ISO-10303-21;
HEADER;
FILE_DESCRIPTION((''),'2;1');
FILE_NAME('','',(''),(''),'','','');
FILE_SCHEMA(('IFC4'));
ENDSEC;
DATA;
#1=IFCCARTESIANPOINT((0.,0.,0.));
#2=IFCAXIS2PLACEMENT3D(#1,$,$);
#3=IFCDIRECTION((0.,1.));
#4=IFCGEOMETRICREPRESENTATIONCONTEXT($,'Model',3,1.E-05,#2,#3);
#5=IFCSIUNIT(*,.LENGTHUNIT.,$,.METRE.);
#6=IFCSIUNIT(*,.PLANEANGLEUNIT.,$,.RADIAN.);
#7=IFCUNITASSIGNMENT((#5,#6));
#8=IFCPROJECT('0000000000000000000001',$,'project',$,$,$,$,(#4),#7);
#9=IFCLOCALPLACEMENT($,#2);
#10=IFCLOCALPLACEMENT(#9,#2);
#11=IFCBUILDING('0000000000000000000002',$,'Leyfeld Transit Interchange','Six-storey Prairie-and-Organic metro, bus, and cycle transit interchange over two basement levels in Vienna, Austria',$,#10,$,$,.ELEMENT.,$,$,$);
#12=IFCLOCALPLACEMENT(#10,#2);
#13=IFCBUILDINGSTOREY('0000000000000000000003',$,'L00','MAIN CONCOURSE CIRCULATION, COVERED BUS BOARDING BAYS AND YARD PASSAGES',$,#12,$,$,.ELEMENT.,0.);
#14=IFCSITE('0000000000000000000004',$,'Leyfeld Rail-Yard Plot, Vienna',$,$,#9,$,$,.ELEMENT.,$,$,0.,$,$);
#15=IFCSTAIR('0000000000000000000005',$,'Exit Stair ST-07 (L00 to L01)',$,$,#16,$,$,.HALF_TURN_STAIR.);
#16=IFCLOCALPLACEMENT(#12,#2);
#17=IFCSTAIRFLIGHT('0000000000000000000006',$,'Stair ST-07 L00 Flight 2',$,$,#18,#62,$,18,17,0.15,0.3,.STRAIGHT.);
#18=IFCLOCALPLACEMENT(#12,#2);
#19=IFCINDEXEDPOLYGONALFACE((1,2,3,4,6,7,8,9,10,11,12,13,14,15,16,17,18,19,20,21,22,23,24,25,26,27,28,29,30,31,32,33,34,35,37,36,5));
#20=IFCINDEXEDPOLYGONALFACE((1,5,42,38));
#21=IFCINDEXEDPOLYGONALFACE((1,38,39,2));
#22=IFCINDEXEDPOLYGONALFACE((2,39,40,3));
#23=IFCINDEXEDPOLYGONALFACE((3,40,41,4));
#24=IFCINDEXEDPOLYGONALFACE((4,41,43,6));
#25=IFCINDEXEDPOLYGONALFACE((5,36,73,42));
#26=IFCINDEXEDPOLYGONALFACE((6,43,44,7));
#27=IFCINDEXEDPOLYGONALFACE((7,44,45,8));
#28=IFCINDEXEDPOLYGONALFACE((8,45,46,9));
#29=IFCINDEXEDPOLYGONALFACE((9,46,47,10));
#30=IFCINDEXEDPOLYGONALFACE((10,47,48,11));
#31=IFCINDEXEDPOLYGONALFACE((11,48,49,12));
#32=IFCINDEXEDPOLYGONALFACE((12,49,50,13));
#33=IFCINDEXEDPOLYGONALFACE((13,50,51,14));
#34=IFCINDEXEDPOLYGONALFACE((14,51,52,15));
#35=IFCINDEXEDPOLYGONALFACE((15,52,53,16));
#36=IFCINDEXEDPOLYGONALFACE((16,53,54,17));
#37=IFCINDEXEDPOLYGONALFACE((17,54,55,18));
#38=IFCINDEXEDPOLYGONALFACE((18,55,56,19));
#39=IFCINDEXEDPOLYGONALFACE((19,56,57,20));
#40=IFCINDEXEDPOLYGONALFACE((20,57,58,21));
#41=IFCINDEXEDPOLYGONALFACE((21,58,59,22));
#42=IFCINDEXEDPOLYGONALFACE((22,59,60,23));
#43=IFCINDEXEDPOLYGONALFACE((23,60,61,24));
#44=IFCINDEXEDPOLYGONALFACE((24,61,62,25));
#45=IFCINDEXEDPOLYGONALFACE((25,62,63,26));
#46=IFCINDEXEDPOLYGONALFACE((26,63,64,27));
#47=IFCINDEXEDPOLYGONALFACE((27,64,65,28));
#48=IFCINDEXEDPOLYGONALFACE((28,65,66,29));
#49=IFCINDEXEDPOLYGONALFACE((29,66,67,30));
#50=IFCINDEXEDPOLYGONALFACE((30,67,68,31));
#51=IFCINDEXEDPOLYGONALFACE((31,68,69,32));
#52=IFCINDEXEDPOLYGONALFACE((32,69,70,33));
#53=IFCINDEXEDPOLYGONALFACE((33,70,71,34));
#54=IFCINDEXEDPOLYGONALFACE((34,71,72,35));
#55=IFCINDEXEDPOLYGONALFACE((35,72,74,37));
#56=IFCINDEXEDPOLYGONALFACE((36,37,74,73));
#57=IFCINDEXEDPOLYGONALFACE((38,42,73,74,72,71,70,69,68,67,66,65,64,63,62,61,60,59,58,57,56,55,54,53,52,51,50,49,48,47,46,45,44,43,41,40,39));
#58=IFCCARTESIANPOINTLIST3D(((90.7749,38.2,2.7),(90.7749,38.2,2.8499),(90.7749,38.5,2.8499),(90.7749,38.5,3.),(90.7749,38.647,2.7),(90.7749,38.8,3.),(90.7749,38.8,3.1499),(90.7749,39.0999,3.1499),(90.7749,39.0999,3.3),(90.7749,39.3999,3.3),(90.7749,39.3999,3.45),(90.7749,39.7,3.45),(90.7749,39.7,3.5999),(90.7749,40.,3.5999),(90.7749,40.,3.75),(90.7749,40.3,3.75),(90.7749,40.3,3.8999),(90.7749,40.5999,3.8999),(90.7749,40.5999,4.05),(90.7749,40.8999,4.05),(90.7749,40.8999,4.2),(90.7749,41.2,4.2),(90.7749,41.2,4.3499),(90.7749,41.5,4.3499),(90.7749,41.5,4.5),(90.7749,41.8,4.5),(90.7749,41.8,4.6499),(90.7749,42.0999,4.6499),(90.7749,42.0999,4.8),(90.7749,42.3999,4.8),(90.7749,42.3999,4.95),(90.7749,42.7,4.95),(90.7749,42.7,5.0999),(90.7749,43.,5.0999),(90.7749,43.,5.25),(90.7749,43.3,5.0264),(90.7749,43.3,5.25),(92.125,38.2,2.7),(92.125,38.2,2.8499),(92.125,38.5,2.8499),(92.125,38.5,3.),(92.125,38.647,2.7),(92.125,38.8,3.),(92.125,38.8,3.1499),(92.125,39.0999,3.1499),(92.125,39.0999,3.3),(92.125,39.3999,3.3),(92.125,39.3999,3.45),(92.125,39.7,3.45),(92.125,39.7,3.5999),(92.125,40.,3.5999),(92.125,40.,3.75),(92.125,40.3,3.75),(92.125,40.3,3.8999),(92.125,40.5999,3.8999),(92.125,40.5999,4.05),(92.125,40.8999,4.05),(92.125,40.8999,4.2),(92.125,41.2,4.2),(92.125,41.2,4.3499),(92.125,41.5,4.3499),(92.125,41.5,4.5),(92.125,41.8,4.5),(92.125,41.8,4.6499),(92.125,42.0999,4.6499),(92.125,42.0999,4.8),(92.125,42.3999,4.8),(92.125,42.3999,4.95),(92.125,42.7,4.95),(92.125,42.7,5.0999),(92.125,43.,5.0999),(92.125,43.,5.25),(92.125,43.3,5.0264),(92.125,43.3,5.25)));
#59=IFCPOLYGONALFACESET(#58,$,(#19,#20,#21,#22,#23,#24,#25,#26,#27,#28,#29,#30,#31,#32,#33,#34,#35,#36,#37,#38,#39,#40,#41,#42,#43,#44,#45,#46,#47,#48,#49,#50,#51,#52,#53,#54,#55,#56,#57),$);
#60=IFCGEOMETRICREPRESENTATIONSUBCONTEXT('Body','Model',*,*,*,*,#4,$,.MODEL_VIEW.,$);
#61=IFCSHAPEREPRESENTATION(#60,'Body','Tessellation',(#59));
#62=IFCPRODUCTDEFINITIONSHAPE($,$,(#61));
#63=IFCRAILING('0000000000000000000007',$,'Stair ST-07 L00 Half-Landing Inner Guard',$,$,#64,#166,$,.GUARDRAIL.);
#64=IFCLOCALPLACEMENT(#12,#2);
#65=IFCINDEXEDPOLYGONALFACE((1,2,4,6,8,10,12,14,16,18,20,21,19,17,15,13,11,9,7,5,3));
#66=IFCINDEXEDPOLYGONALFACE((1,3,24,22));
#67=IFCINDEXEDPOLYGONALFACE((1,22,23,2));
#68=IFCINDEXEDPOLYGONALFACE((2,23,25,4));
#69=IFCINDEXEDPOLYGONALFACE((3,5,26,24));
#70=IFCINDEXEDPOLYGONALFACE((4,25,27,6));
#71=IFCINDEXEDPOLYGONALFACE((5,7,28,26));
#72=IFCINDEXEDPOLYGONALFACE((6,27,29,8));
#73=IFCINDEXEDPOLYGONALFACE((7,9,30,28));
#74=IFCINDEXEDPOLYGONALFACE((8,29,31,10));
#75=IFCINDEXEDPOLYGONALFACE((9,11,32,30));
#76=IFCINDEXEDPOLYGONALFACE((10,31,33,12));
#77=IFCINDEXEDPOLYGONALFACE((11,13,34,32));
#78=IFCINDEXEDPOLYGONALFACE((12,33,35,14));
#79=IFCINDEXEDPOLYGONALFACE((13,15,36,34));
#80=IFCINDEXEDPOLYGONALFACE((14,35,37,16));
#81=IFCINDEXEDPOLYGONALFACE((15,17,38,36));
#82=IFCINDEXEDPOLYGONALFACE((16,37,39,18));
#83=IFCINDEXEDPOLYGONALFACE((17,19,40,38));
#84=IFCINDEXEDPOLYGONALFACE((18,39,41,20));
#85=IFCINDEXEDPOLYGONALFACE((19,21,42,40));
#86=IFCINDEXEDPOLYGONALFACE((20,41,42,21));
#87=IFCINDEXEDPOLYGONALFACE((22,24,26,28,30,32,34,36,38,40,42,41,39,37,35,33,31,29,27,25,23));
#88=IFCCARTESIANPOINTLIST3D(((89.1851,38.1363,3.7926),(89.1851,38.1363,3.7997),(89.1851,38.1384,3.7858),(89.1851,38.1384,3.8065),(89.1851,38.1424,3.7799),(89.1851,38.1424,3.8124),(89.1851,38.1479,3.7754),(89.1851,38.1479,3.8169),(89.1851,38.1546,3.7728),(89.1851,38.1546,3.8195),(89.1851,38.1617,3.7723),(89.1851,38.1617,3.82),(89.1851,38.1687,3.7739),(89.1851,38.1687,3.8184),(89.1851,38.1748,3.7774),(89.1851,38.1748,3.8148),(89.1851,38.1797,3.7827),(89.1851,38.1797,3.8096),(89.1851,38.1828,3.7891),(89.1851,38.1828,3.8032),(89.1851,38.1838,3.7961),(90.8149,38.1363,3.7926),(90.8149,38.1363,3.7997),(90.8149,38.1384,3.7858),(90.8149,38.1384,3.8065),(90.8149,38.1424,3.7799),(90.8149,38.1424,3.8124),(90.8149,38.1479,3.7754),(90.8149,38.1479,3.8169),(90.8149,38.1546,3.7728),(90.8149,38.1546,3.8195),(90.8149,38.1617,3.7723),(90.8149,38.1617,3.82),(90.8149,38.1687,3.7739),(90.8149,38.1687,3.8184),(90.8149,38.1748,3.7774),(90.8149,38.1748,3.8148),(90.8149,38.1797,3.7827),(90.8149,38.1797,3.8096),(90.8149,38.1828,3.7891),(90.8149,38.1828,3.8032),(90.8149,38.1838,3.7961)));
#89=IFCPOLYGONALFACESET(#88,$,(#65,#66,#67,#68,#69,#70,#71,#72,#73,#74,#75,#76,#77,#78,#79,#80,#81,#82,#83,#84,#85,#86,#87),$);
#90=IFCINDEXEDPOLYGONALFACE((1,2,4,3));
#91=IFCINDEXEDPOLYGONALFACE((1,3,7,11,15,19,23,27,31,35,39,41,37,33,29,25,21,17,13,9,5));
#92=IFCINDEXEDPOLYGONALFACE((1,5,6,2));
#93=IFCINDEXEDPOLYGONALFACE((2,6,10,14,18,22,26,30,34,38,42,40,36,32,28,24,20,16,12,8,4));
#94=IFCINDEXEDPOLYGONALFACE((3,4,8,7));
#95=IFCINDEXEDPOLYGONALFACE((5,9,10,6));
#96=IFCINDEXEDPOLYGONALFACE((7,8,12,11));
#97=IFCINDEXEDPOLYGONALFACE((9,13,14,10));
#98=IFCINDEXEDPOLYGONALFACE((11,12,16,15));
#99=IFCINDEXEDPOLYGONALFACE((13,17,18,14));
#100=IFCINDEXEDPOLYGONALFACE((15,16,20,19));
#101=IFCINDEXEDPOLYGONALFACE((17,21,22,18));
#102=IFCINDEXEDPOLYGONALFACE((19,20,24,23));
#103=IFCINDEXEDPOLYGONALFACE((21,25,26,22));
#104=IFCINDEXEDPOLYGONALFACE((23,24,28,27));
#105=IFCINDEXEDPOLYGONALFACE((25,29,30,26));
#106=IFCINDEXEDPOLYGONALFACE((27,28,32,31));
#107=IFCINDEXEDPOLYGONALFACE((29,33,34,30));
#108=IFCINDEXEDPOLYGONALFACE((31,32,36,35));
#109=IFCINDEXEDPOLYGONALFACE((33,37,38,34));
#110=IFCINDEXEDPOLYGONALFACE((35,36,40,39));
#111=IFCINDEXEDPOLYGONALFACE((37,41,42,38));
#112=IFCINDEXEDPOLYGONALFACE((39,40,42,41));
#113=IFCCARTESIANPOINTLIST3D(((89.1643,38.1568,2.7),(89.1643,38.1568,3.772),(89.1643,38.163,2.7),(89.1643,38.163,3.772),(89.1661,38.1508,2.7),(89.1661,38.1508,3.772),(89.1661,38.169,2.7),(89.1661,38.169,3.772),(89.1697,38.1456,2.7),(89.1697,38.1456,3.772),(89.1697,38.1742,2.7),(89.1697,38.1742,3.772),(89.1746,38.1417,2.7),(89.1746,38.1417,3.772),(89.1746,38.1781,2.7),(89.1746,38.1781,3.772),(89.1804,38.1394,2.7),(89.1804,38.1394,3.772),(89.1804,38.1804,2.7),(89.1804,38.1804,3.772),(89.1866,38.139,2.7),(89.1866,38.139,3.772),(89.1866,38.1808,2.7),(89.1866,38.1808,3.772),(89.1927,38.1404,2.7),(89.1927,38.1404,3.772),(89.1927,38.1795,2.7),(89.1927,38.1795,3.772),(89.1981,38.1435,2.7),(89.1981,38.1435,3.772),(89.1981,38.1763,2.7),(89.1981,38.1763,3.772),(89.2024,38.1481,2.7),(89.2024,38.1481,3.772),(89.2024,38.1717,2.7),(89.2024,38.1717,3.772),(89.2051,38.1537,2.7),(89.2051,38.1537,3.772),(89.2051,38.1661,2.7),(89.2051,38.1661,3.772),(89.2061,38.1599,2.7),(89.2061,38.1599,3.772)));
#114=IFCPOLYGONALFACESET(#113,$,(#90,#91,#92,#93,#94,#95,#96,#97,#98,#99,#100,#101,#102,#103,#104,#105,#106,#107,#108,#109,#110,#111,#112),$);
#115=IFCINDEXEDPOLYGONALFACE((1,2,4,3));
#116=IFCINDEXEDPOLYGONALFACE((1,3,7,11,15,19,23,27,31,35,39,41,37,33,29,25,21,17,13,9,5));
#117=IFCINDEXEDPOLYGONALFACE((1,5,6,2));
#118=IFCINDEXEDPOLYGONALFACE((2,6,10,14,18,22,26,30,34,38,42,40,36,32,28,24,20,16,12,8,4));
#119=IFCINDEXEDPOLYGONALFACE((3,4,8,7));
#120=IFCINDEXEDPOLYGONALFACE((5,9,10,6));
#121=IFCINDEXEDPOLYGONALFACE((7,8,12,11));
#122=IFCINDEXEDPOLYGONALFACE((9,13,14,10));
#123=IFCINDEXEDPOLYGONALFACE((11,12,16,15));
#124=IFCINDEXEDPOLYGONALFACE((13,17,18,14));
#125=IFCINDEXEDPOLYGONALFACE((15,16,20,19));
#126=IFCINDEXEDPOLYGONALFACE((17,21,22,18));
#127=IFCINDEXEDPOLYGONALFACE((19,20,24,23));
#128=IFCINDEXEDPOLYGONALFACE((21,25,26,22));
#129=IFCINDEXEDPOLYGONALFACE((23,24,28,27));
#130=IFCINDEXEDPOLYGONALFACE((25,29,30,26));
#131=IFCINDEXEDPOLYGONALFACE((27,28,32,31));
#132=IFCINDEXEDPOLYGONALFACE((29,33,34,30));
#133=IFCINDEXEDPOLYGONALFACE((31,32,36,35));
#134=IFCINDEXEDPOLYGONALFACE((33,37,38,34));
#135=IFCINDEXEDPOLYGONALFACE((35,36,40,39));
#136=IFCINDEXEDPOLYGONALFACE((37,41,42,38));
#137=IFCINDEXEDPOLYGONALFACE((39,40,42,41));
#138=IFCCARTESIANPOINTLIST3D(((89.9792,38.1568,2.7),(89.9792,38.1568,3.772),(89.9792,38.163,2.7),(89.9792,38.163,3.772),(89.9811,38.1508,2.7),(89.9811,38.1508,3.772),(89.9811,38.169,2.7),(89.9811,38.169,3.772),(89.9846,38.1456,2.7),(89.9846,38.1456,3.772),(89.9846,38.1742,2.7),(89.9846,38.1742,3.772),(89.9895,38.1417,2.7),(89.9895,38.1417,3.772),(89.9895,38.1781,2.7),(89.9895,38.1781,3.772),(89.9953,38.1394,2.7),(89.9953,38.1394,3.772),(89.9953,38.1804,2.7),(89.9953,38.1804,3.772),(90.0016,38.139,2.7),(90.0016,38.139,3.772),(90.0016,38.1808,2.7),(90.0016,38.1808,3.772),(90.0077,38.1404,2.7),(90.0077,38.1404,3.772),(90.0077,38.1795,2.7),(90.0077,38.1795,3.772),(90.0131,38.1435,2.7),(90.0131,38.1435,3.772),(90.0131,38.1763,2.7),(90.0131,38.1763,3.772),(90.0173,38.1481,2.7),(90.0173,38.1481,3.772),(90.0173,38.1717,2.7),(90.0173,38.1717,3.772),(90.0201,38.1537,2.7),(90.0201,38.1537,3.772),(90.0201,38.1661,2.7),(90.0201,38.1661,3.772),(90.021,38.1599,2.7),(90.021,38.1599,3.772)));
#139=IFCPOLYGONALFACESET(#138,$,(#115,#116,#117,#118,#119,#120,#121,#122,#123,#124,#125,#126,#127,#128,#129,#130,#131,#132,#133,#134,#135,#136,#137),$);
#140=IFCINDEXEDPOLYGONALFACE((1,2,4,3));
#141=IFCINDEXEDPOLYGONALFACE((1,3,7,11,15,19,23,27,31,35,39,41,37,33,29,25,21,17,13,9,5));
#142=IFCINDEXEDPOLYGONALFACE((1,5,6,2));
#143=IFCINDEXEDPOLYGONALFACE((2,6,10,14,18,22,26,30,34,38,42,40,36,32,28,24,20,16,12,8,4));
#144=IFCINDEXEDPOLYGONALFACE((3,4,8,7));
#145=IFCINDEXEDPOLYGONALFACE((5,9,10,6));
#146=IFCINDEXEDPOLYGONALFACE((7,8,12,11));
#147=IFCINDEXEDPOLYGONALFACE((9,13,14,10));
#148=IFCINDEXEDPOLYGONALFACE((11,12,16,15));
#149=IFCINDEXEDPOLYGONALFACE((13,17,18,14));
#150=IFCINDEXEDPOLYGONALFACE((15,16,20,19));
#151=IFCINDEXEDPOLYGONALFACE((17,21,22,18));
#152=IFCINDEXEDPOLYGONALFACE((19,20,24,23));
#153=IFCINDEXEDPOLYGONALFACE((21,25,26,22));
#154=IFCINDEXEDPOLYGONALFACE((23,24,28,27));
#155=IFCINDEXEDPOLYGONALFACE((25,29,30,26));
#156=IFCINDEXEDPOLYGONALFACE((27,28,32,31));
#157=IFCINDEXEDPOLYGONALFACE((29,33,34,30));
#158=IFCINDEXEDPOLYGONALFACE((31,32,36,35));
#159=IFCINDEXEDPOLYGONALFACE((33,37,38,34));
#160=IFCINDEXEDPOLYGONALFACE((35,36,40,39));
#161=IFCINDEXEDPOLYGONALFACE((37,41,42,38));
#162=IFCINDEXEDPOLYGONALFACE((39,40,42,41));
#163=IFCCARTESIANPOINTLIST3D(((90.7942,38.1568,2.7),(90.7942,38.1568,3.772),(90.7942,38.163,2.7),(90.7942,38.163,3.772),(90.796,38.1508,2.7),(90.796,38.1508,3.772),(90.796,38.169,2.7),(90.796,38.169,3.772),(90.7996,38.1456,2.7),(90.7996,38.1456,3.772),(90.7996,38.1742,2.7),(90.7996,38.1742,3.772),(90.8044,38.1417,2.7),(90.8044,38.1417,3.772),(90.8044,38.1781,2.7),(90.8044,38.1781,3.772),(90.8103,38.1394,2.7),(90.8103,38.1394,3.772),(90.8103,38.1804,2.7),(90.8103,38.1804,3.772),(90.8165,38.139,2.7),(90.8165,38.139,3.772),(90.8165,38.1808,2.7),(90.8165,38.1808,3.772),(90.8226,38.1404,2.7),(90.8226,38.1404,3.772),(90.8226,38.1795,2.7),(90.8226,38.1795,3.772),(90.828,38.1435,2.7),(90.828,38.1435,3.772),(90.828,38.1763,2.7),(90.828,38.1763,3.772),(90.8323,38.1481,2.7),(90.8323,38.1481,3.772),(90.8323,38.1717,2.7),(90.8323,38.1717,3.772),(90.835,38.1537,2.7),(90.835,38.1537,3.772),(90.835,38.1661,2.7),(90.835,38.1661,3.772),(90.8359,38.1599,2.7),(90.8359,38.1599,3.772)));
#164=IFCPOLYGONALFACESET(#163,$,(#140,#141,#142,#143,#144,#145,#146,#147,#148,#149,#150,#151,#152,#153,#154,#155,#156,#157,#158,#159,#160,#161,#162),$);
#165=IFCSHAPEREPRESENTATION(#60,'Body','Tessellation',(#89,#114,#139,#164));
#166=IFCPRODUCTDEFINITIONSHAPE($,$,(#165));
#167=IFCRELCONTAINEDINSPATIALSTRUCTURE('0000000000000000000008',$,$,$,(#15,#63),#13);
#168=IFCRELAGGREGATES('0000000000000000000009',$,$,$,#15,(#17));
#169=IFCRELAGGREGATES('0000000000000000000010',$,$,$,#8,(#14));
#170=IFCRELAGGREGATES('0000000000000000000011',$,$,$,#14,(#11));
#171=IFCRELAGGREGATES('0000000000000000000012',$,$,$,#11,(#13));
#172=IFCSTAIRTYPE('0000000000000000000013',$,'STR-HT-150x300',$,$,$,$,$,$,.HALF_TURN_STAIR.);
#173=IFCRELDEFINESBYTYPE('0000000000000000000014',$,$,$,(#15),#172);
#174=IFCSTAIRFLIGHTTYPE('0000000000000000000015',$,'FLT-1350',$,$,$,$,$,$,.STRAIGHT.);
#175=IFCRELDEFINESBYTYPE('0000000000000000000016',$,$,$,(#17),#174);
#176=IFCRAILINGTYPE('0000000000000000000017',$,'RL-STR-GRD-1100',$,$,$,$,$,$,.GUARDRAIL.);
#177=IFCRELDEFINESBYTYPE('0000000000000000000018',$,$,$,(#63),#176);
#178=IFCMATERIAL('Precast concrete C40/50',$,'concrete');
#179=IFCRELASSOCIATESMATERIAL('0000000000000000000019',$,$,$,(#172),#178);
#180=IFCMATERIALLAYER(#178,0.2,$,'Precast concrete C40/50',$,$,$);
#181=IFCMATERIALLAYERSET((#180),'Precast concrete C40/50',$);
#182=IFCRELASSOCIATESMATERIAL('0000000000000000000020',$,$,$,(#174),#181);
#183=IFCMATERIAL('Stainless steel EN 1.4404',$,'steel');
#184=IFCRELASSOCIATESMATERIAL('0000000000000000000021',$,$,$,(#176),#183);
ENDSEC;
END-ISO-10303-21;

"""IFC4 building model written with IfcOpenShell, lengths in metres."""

from ifc_helpers import new_model, si_unit, direction, frame, origin, origin_2d, place, context, subcontext, project, spatial, polyline, circle, outline, extrude, material, layer, layer_set, type_object, element, aggregate, save


model = new_model("IFC4")

# Units and contexts
model_context = context("Model", 3, precision=1e-05, world=origin(), true_north=direction((0.0, 1.0)))
body_context = subcontext(model_context, "Body", "Model", "MODEL_VIEW")
ifc_project = project(units=[si_unit("LENGTHUNIT", "METRE"), si_unit("PLANEANGLEUNIT", "RADIAN")], contexts=[model_context])

# Site, building, storey
site_placement = place(None, origin())
site = spatial("IfcSite", under=ifc_project, at=site_placement, Name="Leyfeld Rail-Yard Plot, Vienna", CompositionType="ELEMENT", RefElevation=0.0)
building_placement = place(site_placement, origin())
building = spatial("IfcBuilding", under=site, at=building_placement, Name="Leyfeld Transit Interchange", Description="Six-storey Prairie-and-Organic metro, bus, and cycle transit interchange over two basement levels in Vienna, Austria", CompositionType="ELEMENT")
storey_placement = place(building_placement, origin())
storey = spatial("IfcBuildingStorey", under=building, at=storey_placement, Name="L00", Description="MAIN CONCOURSE CIRCULATION, COVERED BUS BOARDING BAYS AND YARD PASSAGES", CompositionType="ELEMENT", Elevation=0.0)

# Stair, stair flight
ifc_material_1 = material(Name="Precast concrete C40/50", Category="concrete")
stair_type = type_object("IfcStairType", Name="STR-HT-150x300", PredefinedType="HALF_TURN_STAIR", material=ifc_material_1)
stair_placement = place(storey_placement, origin())
stair = element("IfcStair", 1, at=stair_placement, inside=storey, type_object=stair_type, Name="Exit Stair ST-07 (L00 to L01)", PredefinedType="HALF_TURN_STAIR")
ifc_layer_1 = layer(ifc_material_1, 0.2, Name="Precast concrete C40/50")
ifc_layer_set_1 = layer_set([ifc_layer_1], Name="Precast concrete C40/50")
stair_flight_type = type_object("IfcStairFlightType", Name="FLT-1350", PredefinedType="STRAIGHT", material=ifc_layer_set_1)
stair_flight_placement = place(storey_placement, frame((91.45, 38.2, 2.7), z_axis=(0.0, 0.0, 1.0), x_axis=(0.0, 1.0, 0.0)))
stair_flight = element("IfcStairFlight", 2, at=stair_flight_placement, type_object=stair_flight_type, Name="Stair ST-07 L00 Flight 2", NumberOfRisers=18, NumberOfTreads=17, PredefinedType="STRAIGHT", RiserHeight=0.15, TreadLength=0.3, context=body_context, shape_type="SweptSolid", body=[
    extrude(outline(polyline([(0.0, 0.0), (0.0, 0.1499), (0.3, 0.1499), (0.3, 0.3), (0.6001, 0.3), (0.6001, 0.45), (0.8999, 0.45), (0.8999, 0.6001), (1.2, 0.6001), (1.2, 0.75), (1.5, 0.75), (1.5, 0.8999), (1.8, 0.8999), (1.8, 1.05), (2.1001, 1.05), (2.1001, 1.2), (2.3999, 1.2), (2.3999, 1.3501), (2.7, 1.3501), (2.7, 1.5), (3.0, 1.5), (3.0, 1.6499), (3.3, 1.6499), (3.3, 1.8), (3.6001, 1.8), (3.6001, 1.95), (3.8999, 1.95), (3.8999, 2.1001), (4.2, 2.1001), (4.2, 2.25), (4.5, 2.25), (4.5, 2.3999), (4.8, 2.3999), (4.8, 2.55), (5.1001, 2.55), (5.1001, 2.7), (5.1001, 2.3264), (0.447, 0.0), (0.0, 0.0)])), frame((0.0, 0.675, 0.0), z_axis=(0.0, -1.0, 0.0), x_axis=(1.0, 0.0, 0.0)), (0.0, 0.0, 1.0), 1.3501),
])
aggregate(stair, [stair_flight])

# Railing
ifc_material_2 = material(Name="Stainless steel EN 1.4404", Category="steel")
railing_type_1 = type_object("IfcRailingType", Name="RL-STR-GRD-1100", PredefinedType="GUARDRAIL", material=ifc_material_2)
railing_1_placement = place(storey_placement, frame((89.1851, 38.1599, 2.7)))
element("IfcRailing", 3, at=railing_1_placement, inside=storey, type_object=railing_type_1, Name="Stair ST-07 L00 Half-Landing Inner Guard", PredefinedType="GUARDRAIL", context=body_context, shape_type="SweptSolid", body=[
    extrude(circle(Radius=0.0239, at=origin_2d()), frame((0.0, 0.0, 1.0962), z_axis=(1.0, 0.0, 0.0), x_axis=(0.0, 1.0, 0.0)), (0.0, 0.0, 1.0), 1.6299),
    extrude(circle(Radius=0.021, at=origin_2d()), origin(), (0.0, 0.0, 1.0), 1.072),
    extrude(circle(Radius=0.021, at=origin_2d()), frame((0.8149, 0.0, 0.0)), (0.0, 0.0, 1.0), 1.072),
    extrude(circle(Radius=0.021, at=origin_2d()), frame((1.6299, 0.0, 0.0)), (0.0, 0.0, 1.0), 1.072),
])

save(model, "model.ifc")
